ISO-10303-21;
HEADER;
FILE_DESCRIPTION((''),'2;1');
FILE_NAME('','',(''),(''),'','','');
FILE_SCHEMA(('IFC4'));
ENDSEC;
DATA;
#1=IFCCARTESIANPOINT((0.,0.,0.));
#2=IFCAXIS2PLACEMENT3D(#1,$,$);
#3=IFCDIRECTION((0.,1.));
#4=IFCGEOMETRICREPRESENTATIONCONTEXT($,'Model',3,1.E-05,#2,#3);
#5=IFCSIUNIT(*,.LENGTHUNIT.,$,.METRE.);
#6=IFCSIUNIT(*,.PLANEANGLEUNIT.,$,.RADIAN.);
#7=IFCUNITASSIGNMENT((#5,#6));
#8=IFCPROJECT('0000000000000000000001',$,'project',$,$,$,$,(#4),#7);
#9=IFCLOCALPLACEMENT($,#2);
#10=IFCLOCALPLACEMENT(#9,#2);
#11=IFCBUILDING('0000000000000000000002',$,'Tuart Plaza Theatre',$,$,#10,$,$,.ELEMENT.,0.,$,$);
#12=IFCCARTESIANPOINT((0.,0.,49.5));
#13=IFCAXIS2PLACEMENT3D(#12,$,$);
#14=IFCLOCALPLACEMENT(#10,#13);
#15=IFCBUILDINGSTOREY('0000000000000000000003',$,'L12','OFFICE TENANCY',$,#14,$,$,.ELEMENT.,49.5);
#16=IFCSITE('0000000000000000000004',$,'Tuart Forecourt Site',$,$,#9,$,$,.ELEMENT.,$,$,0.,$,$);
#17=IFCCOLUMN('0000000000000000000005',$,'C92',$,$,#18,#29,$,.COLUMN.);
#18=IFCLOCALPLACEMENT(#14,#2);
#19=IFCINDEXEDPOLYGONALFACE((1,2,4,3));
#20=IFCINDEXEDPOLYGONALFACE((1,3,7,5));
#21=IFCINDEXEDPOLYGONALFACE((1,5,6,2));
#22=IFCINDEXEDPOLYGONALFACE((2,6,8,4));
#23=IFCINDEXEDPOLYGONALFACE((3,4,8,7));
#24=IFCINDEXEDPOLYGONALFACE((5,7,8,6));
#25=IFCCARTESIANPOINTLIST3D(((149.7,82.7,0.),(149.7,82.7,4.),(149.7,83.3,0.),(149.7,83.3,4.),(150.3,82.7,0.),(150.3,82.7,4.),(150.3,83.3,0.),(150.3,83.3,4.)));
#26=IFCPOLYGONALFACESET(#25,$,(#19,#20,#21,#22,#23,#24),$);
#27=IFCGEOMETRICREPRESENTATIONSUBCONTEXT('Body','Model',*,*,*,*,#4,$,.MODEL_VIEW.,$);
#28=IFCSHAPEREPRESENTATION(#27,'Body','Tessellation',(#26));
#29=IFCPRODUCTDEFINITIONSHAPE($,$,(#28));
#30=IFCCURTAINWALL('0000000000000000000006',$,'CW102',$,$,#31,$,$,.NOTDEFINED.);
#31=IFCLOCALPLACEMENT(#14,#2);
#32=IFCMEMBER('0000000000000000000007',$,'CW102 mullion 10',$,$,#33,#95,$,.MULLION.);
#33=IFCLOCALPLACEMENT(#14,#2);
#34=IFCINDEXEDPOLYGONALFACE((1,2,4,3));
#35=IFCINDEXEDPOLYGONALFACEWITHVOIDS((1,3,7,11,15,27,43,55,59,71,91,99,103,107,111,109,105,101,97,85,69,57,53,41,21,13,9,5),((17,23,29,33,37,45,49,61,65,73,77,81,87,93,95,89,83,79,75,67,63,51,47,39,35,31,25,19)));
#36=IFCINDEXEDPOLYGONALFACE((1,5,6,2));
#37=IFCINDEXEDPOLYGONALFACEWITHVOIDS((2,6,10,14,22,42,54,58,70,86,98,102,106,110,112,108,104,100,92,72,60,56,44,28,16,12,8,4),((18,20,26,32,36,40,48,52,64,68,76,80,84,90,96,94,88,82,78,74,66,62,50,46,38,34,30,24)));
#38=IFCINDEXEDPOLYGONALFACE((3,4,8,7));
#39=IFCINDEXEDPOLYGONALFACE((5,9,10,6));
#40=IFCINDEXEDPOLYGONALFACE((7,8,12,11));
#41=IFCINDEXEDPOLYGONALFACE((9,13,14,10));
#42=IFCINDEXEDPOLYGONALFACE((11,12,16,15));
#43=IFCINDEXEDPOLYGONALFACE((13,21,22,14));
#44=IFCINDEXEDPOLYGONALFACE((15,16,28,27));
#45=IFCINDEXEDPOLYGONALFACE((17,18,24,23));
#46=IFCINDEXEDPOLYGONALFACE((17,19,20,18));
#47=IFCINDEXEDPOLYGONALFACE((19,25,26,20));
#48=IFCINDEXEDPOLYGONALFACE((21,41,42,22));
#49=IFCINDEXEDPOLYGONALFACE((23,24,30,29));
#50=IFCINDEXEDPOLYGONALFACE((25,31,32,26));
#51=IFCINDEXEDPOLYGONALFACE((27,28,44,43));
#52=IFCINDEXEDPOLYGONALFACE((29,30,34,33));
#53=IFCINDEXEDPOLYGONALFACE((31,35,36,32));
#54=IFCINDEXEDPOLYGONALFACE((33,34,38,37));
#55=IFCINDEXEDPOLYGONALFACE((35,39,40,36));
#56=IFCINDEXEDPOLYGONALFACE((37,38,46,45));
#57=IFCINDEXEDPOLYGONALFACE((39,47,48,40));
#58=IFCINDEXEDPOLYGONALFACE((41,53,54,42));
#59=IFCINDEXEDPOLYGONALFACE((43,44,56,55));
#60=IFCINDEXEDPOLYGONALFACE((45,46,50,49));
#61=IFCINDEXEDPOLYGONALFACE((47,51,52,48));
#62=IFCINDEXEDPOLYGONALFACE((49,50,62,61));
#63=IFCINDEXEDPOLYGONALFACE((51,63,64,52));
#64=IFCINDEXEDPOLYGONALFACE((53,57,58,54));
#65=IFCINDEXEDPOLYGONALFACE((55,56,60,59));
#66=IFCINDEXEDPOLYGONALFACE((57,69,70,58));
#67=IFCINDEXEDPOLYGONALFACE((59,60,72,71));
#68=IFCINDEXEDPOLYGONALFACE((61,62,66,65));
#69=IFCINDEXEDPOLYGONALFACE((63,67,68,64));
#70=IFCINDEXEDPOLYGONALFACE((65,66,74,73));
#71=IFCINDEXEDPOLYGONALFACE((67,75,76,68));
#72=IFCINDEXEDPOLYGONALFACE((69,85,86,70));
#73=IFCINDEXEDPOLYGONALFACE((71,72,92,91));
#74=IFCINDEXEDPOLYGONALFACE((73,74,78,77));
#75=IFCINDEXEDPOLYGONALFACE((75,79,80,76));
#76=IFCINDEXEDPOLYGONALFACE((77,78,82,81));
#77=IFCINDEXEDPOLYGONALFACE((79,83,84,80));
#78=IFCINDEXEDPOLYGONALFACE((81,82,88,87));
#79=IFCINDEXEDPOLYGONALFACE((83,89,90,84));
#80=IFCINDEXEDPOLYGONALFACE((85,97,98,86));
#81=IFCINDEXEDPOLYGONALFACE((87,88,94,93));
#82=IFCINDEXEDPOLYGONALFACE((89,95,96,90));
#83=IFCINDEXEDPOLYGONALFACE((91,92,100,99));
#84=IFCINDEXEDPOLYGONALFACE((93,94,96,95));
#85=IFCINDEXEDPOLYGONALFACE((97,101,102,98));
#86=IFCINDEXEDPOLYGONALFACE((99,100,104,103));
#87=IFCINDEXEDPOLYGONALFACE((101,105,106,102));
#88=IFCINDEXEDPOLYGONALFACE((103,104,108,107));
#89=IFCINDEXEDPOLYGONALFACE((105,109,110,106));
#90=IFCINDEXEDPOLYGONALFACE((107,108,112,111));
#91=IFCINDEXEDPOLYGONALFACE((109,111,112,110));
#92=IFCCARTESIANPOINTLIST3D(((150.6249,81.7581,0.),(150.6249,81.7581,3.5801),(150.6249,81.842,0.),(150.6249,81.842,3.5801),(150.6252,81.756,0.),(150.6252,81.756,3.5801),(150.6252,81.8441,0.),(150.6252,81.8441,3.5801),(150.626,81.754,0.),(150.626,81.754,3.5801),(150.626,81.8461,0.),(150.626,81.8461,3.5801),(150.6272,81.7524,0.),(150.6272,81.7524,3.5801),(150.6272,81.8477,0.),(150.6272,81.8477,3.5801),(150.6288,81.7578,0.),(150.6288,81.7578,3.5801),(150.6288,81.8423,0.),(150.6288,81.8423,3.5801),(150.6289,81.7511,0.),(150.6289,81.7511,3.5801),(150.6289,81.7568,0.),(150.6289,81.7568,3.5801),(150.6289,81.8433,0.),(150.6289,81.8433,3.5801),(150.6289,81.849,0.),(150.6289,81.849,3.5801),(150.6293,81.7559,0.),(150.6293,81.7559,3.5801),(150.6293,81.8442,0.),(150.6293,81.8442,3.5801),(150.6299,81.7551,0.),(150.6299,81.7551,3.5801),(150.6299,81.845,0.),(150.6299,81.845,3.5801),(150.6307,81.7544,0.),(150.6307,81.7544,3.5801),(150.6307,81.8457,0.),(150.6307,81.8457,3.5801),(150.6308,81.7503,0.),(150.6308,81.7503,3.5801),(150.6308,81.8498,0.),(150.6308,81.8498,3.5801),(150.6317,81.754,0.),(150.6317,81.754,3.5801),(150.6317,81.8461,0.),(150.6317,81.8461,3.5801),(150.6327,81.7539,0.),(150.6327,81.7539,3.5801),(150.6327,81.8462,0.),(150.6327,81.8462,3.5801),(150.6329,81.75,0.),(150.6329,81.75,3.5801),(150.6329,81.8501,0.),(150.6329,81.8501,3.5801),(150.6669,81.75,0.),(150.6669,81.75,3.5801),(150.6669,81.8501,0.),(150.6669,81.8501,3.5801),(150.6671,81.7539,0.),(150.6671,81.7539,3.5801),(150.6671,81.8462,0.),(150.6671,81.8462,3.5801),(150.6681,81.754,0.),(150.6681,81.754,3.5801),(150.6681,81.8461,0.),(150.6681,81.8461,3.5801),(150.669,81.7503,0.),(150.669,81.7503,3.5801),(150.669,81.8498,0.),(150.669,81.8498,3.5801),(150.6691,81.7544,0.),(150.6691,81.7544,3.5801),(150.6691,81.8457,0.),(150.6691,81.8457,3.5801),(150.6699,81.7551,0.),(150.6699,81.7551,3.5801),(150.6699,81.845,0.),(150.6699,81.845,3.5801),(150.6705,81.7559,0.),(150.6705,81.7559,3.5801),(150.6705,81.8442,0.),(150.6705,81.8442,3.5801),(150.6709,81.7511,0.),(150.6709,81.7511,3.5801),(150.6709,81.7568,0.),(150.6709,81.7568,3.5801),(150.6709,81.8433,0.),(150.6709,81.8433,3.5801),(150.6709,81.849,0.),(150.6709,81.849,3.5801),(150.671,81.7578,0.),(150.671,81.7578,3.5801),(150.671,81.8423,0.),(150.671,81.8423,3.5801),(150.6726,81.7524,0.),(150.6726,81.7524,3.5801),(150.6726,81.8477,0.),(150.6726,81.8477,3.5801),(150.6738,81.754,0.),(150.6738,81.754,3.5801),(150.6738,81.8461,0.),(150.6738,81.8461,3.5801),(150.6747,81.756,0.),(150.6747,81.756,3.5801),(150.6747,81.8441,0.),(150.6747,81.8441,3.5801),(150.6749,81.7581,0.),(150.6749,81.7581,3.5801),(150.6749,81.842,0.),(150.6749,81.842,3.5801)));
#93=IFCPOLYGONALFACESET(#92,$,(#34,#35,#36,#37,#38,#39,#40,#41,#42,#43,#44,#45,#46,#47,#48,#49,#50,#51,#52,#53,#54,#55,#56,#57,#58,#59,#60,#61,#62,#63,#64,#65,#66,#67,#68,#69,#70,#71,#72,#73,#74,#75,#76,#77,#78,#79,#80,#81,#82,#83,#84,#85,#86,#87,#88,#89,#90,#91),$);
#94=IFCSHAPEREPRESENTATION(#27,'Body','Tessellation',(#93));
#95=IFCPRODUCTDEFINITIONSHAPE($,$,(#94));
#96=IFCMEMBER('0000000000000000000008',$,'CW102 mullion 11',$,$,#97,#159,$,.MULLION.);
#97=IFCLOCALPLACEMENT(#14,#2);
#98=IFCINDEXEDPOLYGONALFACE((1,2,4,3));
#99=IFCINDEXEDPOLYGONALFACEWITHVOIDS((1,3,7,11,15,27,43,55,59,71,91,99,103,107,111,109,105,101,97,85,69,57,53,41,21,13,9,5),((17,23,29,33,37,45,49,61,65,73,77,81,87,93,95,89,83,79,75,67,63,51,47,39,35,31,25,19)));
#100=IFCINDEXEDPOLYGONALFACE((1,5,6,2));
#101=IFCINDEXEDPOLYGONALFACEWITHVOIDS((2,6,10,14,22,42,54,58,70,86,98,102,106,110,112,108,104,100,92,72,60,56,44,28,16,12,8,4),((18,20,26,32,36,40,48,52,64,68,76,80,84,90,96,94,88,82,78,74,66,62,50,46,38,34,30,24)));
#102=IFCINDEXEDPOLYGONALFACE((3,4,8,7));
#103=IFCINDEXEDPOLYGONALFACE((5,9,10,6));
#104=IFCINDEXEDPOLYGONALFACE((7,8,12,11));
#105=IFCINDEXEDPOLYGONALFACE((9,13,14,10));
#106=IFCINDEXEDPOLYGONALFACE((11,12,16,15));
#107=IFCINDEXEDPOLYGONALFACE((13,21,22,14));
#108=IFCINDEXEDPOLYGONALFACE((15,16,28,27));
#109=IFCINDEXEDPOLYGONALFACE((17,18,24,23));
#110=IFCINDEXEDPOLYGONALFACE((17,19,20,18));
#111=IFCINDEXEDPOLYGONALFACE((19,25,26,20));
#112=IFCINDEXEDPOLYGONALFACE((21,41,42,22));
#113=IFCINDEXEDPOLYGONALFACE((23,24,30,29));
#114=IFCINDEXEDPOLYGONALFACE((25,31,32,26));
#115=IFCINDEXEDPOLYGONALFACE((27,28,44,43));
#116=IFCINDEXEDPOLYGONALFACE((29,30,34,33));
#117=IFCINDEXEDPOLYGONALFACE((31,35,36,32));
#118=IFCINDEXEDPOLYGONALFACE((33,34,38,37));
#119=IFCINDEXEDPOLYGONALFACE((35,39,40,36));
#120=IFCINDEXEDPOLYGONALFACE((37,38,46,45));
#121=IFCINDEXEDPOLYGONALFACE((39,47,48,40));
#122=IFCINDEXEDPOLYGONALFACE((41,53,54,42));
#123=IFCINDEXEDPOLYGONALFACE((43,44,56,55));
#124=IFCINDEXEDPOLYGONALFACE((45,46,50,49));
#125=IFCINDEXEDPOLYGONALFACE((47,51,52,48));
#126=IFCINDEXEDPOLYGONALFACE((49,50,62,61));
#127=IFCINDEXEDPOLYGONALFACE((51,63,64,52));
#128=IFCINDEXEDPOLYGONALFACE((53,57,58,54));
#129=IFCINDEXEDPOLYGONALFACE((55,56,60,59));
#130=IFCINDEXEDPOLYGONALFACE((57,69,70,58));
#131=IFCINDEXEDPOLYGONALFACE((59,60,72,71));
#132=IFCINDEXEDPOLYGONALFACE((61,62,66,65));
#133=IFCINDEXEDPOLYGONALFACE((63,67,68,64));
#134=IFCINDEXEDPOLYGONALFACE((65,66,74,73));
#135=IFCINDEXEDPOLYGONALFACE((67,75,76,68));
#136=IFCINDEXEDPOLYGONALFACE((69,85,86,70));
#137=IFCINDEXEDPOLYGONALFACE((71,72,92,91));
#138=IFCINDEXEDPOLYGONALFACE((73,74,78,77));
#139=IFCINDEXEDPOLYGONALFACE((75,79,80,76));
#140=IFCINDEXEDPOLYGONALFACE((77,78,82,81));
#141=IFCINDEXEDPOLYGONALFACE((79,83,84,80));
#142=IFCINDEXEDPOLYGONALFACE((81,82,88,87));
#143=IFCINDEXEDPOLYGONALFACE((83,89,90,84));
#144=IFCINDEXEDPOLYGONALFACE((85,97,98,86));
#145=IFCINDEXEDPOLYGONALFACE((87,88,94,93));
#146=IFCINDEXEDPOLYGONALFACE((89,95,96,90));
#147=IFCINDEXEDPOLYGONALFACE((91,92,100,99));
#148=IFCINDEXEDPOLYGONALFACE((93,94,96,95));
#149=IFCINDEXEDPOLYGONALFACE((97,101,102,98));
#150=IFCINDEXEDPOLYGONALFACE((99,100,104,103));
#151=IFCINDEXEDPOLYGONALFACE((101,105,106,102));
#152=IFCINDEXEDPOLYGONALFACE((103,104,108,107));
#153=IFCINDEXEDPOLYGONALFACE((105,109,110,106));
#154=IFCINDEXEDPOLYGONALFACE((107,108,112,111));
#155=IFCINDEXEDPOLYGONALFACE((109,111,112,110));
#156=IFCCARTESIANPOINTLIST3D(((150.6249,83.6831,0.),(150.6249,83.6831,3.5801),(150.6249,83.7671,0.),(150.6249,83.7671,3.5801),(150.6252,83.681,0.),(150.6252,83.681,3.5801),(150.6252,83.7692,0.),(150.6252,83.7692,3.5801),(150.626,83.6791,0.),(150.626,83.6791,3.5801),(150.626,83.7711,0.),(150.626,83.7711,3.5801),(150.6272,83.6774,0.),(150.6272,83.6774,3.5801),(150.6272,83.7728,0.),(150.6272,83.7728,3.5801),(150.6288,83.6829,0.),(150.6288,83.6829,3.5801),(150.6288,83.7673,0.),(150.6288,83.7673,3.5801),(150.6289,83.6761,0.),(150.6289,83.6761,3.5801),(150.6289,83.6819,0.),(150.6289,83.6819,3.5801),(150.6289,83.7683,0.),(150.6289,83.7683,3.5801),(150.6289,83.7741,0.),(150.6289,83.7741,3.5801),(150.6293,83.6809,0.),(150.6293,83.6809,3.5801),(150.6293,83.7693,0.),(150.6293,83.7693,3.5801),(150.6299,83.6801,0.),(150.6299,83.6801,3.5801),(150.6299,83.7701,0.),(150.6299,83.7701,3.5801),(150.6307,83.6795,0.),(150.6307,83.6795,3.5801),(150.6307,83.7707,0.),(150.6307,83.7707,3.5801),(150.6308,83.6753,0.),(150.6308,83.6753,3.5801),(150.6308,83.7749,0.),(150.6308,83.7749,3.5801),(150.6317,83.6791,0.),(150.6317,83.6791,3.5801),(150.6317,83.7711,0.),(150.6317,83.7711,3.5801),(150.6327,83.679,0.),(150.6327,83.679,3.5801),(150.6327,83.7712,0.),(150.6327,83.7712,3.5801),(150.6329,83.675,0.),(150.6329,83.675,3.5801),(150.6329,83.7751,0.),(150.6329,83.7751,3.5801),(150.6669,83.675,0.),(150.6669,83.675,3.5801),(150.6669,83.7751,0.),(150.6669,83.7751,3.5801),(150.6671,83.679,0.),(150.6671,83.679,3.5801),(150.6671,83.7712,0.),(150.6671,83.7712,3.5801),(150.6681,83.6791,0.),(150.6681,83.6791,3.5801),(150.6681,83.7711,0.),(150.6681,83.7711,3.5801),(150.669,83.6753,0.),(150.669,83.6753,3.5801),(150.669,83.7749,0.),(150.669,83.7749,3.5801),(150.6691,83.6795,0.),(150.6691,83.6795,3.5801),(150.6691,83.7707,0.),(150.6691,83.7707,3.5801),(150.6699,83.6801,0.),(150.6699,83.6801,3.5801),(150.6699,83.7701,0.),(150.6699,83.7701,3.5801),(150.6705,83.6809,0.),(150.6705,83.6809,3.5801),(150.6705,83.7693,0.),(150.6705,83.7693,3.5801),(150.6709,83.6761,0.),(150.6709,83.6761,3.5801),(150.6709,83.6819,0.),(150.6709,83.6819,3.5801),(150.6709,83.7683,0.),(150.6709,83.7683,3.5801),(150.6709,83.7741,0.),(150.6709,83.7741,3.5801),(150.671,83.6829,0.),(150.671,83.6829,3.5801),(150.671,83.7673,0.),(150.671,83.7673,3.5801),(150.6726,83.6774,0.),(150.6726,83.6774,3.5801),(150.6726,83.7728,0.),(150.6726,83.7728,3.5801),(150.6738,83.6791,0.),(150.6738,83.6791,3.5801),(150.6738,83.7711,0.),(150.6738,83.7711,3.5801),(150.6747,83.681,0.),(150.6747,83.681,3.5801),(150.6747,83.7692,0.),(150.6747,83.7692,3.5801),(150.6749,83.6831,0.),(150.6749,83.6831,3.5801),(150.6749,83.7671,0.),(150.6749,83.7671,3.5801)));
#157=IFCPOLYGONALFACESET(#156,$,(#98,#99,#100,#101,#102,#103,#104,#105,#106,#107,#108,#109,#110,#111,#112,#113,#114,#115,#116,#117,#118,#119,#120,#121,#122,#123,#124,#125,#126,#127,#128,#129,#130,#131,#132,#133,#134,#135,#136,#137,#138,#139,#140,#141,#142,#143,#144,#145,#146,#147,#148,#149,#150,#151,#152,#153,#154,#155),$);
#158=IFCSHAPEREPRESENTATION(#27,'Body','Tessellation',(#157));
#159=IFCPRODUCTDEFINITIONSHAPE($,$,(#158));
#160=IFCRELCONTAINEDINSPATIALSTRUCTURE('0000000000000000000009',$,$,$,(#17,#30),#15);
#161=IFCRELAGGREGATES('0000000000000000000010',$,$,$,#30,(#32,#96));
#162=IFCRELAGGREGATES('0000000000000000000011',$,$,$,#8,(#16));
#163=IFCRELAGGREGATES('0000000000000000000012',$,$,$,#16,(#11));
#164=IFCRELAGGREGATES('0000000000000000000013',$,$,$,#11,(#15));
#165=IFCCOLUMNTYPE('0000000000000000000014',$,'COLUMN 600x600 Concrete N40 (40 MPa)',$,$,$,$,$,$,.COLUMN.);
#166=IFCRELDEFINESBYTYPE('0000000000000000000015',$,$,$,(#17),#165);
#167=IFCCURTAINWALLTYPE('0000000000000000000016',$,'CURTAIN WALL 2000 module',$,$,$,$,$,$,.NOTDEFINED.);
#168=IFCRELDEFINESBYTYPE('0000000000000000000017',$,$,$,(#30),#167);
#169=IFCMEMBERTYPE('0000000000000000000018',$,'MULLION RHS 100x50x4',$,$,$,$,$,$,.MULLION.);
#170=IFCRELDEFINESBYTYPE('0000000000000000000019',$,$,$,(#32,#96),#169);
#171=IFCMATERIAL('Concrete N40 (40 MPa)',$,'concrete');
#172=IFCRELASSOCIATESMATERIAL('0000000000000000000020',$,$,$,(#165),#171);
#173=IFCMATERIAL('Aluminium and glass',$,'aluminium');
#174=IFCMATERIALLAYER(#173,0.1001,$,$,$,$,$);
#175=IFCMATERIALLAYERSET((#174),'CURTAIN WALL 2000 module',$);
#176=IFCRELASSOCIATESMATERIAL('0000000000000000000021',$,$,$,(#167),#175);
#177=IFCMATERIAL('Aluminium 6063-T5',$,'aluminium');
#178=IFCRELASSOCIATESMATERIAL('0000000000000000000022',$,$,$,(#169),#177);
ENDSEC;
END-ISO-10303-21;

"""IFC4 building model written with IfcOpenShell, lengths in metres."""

from ifc_helpers import new_model, si_unit, direction, frame, origin, origin_2d, place, context, subcontext, project, spatial, rectangle, hollow_rectangle, extrude, material, layer, layer_set, material_profile, profile_set, type_object, element, aggregate, save


model = new_model("IFC4")

# Units and contexts
model_context = context("Model", 3, precision=1e-05, world=origin(), true_north=direction((0.0, 1.0)))
body_context = subcontext(model_context, "Body", "Model", "MODEL_VIEW")
ifc_project = project(units=[si_unit("LENGTHUNIT", "METRE"), si_unit("PLANEANGLEUNIT", "RADIAN")], contexts=[model_context])

# Site, building, storey
site_placement = place(None, origin())
site = spatial("IfcSite", under=ifc_project, at=site_placement, Name="Tuart Forecourt Site", CompositionType="ELEMENT", RefElevation=0.0)
building_placement = place(site_placement, origin())
building = spatial("IfcBuilding", under=site, at=building_placement, Name="Tuart Plaza Theatre", CompositionType="ELEMENT", ElevationOfRefHeight=0.0)
storey_placement = place(building_placement, frame((0.0, 0.0, 49.5)))
storey = spatial("IfcBuildingStorey", under=building, at=storey_placement, Name="L12", Description="OFFICE TENANCY", CompositionType="ELEMENT", Elevation=49.5)

# Column
ifc_material_1 = material(Name="Concrete N40 (40 MPa)", Category="concrete")
ifc_material_profile_1 = material_profile(ifc_material_1, rectangle(XDim=0.6001, YDim=0.6001, at=origin_2d()), Name="COLUMN 600x600 Concrete N40 (40 MPa)")
ifc_profile_set_1 = profile_set([ifc_material_profile_1], Name="Concrete N40 (40 MPa)")
column_type = type_object("IfcColumnType", Name="COLUMN 600x600 Concrete N40 (40 MPa)", PredefinedType="COLUMN", material=ifc_profile_set_1)
column_placement = place(storey_placement, frame((150.0, 83.0, 0.0), z_axis=(0.0, 0.0, 1.0), x_axis=(1.0, 0.0, 0.0)))
element("IfcColumn", 1, at=column_placement, inside=storey, type_object=column_type, Name="C92", PredefinedType="COLUMN", context=body_context, shape_type="SweptSolid", body=[
    extrude(rectangle(XDim=0.6001, YDim=0.6001, at=origin_2d()), origin(), (0.0, 0.0, 1.0), 4.0),
])

# Curtain wall, members
ifc_material_2 = material(Name="Aluminium and glass", Category="aluminium")
ifc_layer_1 = layer(ifc_material_2, 0.1001)
ifc_layer_set_1 = layer_set([ifc_layer_1], Name="CURTAIN WALL 2000 module")
curtain_wall_type = type_object("IfcCurtainWallType", Name="CURTAIN WALL 2000 module", PredefinedType="NOTDEFINED", material=ifc_layer_set_1)
curtain_wall_1_placement = place(storey_placement, origin())
curtain_wall_1 = element("IfcCurtainWall", 2, at=curtain_wall_1_placement, inside=storey, type_object=curtain_wall_type, Name="CW102", PredefinedType="NOTDEFINED")
ifc_material_3 = material(Name="Aluminium 6063-T5", Category="aluminium")
ifc_material_profile_2 = material_profile(ifc_material_3, hollow_rectangle(XDim=0.05, YDim=0.1001, WallThickness=0.0039, InnerFilletRadius=0.0039, OuterFilletRadius=0.0081, at=origin_2d()), Name="RHS 100x50x4")
ifc_profile_set_2 = profile_set([ifc_material_profile_2], Name="Aluminium 6063-T5")
member_type_1 = type_object("IfcMemberType", Name="MULLION RHS 100x50x4", PredefinedType="MULLION", material=ifc_profile_set_2)
member_1_placement = place(storey_placement, frame((150.6499, 81.8, 0.0), z_axis=(0.0, 0.0, 1.0), x_axis=(-1.0, 0.0, 0.0)))
member_1 = element("IfcMember", 3, at=member_1_placement, type_object=member_type_1, Name="CW102 mullion 10", PredefinedType="MULLION", context=body_context, shape_type="SweptSolid", body=[
    extrude(hollow_rectangle(XDim=0.05, YDim=0.1001, WallThickness=0.0039, InnerFilletRadius=0.0039, OuterFilletRadius=0.0081, at=origin_2d()), origin(), (0.0, 0.0, 1.0), 3.5801),
])
member_2_placement = place(storey_placement, frame((150.6499, 83.7251, 0.0), z_axis=(0.0, 0.0, 1.0), x_axis=(-1.0, 0.0, 0.0)))
member_2 = element("IfcMember", 4, at=member_2_placement, type_object=member_type_1, Name="CW102 mullion 11", PredefinedType="MULLION", context=body_context, shape_type="SweptSolid", body=[
    extrude(hollow_rectangle(XDim=0.05, YDim=0.1001, WallThickness=0.0039, InnerFilletRadius=0.0039, OuterFilletRadius=0.0081, at=origin_2d()), origin(), (0.0, 0.0, 1.0), 3.5801),
])

aggregate(curtain_wall_1, [member_1, member_2])

save(model, "model.ifc")
